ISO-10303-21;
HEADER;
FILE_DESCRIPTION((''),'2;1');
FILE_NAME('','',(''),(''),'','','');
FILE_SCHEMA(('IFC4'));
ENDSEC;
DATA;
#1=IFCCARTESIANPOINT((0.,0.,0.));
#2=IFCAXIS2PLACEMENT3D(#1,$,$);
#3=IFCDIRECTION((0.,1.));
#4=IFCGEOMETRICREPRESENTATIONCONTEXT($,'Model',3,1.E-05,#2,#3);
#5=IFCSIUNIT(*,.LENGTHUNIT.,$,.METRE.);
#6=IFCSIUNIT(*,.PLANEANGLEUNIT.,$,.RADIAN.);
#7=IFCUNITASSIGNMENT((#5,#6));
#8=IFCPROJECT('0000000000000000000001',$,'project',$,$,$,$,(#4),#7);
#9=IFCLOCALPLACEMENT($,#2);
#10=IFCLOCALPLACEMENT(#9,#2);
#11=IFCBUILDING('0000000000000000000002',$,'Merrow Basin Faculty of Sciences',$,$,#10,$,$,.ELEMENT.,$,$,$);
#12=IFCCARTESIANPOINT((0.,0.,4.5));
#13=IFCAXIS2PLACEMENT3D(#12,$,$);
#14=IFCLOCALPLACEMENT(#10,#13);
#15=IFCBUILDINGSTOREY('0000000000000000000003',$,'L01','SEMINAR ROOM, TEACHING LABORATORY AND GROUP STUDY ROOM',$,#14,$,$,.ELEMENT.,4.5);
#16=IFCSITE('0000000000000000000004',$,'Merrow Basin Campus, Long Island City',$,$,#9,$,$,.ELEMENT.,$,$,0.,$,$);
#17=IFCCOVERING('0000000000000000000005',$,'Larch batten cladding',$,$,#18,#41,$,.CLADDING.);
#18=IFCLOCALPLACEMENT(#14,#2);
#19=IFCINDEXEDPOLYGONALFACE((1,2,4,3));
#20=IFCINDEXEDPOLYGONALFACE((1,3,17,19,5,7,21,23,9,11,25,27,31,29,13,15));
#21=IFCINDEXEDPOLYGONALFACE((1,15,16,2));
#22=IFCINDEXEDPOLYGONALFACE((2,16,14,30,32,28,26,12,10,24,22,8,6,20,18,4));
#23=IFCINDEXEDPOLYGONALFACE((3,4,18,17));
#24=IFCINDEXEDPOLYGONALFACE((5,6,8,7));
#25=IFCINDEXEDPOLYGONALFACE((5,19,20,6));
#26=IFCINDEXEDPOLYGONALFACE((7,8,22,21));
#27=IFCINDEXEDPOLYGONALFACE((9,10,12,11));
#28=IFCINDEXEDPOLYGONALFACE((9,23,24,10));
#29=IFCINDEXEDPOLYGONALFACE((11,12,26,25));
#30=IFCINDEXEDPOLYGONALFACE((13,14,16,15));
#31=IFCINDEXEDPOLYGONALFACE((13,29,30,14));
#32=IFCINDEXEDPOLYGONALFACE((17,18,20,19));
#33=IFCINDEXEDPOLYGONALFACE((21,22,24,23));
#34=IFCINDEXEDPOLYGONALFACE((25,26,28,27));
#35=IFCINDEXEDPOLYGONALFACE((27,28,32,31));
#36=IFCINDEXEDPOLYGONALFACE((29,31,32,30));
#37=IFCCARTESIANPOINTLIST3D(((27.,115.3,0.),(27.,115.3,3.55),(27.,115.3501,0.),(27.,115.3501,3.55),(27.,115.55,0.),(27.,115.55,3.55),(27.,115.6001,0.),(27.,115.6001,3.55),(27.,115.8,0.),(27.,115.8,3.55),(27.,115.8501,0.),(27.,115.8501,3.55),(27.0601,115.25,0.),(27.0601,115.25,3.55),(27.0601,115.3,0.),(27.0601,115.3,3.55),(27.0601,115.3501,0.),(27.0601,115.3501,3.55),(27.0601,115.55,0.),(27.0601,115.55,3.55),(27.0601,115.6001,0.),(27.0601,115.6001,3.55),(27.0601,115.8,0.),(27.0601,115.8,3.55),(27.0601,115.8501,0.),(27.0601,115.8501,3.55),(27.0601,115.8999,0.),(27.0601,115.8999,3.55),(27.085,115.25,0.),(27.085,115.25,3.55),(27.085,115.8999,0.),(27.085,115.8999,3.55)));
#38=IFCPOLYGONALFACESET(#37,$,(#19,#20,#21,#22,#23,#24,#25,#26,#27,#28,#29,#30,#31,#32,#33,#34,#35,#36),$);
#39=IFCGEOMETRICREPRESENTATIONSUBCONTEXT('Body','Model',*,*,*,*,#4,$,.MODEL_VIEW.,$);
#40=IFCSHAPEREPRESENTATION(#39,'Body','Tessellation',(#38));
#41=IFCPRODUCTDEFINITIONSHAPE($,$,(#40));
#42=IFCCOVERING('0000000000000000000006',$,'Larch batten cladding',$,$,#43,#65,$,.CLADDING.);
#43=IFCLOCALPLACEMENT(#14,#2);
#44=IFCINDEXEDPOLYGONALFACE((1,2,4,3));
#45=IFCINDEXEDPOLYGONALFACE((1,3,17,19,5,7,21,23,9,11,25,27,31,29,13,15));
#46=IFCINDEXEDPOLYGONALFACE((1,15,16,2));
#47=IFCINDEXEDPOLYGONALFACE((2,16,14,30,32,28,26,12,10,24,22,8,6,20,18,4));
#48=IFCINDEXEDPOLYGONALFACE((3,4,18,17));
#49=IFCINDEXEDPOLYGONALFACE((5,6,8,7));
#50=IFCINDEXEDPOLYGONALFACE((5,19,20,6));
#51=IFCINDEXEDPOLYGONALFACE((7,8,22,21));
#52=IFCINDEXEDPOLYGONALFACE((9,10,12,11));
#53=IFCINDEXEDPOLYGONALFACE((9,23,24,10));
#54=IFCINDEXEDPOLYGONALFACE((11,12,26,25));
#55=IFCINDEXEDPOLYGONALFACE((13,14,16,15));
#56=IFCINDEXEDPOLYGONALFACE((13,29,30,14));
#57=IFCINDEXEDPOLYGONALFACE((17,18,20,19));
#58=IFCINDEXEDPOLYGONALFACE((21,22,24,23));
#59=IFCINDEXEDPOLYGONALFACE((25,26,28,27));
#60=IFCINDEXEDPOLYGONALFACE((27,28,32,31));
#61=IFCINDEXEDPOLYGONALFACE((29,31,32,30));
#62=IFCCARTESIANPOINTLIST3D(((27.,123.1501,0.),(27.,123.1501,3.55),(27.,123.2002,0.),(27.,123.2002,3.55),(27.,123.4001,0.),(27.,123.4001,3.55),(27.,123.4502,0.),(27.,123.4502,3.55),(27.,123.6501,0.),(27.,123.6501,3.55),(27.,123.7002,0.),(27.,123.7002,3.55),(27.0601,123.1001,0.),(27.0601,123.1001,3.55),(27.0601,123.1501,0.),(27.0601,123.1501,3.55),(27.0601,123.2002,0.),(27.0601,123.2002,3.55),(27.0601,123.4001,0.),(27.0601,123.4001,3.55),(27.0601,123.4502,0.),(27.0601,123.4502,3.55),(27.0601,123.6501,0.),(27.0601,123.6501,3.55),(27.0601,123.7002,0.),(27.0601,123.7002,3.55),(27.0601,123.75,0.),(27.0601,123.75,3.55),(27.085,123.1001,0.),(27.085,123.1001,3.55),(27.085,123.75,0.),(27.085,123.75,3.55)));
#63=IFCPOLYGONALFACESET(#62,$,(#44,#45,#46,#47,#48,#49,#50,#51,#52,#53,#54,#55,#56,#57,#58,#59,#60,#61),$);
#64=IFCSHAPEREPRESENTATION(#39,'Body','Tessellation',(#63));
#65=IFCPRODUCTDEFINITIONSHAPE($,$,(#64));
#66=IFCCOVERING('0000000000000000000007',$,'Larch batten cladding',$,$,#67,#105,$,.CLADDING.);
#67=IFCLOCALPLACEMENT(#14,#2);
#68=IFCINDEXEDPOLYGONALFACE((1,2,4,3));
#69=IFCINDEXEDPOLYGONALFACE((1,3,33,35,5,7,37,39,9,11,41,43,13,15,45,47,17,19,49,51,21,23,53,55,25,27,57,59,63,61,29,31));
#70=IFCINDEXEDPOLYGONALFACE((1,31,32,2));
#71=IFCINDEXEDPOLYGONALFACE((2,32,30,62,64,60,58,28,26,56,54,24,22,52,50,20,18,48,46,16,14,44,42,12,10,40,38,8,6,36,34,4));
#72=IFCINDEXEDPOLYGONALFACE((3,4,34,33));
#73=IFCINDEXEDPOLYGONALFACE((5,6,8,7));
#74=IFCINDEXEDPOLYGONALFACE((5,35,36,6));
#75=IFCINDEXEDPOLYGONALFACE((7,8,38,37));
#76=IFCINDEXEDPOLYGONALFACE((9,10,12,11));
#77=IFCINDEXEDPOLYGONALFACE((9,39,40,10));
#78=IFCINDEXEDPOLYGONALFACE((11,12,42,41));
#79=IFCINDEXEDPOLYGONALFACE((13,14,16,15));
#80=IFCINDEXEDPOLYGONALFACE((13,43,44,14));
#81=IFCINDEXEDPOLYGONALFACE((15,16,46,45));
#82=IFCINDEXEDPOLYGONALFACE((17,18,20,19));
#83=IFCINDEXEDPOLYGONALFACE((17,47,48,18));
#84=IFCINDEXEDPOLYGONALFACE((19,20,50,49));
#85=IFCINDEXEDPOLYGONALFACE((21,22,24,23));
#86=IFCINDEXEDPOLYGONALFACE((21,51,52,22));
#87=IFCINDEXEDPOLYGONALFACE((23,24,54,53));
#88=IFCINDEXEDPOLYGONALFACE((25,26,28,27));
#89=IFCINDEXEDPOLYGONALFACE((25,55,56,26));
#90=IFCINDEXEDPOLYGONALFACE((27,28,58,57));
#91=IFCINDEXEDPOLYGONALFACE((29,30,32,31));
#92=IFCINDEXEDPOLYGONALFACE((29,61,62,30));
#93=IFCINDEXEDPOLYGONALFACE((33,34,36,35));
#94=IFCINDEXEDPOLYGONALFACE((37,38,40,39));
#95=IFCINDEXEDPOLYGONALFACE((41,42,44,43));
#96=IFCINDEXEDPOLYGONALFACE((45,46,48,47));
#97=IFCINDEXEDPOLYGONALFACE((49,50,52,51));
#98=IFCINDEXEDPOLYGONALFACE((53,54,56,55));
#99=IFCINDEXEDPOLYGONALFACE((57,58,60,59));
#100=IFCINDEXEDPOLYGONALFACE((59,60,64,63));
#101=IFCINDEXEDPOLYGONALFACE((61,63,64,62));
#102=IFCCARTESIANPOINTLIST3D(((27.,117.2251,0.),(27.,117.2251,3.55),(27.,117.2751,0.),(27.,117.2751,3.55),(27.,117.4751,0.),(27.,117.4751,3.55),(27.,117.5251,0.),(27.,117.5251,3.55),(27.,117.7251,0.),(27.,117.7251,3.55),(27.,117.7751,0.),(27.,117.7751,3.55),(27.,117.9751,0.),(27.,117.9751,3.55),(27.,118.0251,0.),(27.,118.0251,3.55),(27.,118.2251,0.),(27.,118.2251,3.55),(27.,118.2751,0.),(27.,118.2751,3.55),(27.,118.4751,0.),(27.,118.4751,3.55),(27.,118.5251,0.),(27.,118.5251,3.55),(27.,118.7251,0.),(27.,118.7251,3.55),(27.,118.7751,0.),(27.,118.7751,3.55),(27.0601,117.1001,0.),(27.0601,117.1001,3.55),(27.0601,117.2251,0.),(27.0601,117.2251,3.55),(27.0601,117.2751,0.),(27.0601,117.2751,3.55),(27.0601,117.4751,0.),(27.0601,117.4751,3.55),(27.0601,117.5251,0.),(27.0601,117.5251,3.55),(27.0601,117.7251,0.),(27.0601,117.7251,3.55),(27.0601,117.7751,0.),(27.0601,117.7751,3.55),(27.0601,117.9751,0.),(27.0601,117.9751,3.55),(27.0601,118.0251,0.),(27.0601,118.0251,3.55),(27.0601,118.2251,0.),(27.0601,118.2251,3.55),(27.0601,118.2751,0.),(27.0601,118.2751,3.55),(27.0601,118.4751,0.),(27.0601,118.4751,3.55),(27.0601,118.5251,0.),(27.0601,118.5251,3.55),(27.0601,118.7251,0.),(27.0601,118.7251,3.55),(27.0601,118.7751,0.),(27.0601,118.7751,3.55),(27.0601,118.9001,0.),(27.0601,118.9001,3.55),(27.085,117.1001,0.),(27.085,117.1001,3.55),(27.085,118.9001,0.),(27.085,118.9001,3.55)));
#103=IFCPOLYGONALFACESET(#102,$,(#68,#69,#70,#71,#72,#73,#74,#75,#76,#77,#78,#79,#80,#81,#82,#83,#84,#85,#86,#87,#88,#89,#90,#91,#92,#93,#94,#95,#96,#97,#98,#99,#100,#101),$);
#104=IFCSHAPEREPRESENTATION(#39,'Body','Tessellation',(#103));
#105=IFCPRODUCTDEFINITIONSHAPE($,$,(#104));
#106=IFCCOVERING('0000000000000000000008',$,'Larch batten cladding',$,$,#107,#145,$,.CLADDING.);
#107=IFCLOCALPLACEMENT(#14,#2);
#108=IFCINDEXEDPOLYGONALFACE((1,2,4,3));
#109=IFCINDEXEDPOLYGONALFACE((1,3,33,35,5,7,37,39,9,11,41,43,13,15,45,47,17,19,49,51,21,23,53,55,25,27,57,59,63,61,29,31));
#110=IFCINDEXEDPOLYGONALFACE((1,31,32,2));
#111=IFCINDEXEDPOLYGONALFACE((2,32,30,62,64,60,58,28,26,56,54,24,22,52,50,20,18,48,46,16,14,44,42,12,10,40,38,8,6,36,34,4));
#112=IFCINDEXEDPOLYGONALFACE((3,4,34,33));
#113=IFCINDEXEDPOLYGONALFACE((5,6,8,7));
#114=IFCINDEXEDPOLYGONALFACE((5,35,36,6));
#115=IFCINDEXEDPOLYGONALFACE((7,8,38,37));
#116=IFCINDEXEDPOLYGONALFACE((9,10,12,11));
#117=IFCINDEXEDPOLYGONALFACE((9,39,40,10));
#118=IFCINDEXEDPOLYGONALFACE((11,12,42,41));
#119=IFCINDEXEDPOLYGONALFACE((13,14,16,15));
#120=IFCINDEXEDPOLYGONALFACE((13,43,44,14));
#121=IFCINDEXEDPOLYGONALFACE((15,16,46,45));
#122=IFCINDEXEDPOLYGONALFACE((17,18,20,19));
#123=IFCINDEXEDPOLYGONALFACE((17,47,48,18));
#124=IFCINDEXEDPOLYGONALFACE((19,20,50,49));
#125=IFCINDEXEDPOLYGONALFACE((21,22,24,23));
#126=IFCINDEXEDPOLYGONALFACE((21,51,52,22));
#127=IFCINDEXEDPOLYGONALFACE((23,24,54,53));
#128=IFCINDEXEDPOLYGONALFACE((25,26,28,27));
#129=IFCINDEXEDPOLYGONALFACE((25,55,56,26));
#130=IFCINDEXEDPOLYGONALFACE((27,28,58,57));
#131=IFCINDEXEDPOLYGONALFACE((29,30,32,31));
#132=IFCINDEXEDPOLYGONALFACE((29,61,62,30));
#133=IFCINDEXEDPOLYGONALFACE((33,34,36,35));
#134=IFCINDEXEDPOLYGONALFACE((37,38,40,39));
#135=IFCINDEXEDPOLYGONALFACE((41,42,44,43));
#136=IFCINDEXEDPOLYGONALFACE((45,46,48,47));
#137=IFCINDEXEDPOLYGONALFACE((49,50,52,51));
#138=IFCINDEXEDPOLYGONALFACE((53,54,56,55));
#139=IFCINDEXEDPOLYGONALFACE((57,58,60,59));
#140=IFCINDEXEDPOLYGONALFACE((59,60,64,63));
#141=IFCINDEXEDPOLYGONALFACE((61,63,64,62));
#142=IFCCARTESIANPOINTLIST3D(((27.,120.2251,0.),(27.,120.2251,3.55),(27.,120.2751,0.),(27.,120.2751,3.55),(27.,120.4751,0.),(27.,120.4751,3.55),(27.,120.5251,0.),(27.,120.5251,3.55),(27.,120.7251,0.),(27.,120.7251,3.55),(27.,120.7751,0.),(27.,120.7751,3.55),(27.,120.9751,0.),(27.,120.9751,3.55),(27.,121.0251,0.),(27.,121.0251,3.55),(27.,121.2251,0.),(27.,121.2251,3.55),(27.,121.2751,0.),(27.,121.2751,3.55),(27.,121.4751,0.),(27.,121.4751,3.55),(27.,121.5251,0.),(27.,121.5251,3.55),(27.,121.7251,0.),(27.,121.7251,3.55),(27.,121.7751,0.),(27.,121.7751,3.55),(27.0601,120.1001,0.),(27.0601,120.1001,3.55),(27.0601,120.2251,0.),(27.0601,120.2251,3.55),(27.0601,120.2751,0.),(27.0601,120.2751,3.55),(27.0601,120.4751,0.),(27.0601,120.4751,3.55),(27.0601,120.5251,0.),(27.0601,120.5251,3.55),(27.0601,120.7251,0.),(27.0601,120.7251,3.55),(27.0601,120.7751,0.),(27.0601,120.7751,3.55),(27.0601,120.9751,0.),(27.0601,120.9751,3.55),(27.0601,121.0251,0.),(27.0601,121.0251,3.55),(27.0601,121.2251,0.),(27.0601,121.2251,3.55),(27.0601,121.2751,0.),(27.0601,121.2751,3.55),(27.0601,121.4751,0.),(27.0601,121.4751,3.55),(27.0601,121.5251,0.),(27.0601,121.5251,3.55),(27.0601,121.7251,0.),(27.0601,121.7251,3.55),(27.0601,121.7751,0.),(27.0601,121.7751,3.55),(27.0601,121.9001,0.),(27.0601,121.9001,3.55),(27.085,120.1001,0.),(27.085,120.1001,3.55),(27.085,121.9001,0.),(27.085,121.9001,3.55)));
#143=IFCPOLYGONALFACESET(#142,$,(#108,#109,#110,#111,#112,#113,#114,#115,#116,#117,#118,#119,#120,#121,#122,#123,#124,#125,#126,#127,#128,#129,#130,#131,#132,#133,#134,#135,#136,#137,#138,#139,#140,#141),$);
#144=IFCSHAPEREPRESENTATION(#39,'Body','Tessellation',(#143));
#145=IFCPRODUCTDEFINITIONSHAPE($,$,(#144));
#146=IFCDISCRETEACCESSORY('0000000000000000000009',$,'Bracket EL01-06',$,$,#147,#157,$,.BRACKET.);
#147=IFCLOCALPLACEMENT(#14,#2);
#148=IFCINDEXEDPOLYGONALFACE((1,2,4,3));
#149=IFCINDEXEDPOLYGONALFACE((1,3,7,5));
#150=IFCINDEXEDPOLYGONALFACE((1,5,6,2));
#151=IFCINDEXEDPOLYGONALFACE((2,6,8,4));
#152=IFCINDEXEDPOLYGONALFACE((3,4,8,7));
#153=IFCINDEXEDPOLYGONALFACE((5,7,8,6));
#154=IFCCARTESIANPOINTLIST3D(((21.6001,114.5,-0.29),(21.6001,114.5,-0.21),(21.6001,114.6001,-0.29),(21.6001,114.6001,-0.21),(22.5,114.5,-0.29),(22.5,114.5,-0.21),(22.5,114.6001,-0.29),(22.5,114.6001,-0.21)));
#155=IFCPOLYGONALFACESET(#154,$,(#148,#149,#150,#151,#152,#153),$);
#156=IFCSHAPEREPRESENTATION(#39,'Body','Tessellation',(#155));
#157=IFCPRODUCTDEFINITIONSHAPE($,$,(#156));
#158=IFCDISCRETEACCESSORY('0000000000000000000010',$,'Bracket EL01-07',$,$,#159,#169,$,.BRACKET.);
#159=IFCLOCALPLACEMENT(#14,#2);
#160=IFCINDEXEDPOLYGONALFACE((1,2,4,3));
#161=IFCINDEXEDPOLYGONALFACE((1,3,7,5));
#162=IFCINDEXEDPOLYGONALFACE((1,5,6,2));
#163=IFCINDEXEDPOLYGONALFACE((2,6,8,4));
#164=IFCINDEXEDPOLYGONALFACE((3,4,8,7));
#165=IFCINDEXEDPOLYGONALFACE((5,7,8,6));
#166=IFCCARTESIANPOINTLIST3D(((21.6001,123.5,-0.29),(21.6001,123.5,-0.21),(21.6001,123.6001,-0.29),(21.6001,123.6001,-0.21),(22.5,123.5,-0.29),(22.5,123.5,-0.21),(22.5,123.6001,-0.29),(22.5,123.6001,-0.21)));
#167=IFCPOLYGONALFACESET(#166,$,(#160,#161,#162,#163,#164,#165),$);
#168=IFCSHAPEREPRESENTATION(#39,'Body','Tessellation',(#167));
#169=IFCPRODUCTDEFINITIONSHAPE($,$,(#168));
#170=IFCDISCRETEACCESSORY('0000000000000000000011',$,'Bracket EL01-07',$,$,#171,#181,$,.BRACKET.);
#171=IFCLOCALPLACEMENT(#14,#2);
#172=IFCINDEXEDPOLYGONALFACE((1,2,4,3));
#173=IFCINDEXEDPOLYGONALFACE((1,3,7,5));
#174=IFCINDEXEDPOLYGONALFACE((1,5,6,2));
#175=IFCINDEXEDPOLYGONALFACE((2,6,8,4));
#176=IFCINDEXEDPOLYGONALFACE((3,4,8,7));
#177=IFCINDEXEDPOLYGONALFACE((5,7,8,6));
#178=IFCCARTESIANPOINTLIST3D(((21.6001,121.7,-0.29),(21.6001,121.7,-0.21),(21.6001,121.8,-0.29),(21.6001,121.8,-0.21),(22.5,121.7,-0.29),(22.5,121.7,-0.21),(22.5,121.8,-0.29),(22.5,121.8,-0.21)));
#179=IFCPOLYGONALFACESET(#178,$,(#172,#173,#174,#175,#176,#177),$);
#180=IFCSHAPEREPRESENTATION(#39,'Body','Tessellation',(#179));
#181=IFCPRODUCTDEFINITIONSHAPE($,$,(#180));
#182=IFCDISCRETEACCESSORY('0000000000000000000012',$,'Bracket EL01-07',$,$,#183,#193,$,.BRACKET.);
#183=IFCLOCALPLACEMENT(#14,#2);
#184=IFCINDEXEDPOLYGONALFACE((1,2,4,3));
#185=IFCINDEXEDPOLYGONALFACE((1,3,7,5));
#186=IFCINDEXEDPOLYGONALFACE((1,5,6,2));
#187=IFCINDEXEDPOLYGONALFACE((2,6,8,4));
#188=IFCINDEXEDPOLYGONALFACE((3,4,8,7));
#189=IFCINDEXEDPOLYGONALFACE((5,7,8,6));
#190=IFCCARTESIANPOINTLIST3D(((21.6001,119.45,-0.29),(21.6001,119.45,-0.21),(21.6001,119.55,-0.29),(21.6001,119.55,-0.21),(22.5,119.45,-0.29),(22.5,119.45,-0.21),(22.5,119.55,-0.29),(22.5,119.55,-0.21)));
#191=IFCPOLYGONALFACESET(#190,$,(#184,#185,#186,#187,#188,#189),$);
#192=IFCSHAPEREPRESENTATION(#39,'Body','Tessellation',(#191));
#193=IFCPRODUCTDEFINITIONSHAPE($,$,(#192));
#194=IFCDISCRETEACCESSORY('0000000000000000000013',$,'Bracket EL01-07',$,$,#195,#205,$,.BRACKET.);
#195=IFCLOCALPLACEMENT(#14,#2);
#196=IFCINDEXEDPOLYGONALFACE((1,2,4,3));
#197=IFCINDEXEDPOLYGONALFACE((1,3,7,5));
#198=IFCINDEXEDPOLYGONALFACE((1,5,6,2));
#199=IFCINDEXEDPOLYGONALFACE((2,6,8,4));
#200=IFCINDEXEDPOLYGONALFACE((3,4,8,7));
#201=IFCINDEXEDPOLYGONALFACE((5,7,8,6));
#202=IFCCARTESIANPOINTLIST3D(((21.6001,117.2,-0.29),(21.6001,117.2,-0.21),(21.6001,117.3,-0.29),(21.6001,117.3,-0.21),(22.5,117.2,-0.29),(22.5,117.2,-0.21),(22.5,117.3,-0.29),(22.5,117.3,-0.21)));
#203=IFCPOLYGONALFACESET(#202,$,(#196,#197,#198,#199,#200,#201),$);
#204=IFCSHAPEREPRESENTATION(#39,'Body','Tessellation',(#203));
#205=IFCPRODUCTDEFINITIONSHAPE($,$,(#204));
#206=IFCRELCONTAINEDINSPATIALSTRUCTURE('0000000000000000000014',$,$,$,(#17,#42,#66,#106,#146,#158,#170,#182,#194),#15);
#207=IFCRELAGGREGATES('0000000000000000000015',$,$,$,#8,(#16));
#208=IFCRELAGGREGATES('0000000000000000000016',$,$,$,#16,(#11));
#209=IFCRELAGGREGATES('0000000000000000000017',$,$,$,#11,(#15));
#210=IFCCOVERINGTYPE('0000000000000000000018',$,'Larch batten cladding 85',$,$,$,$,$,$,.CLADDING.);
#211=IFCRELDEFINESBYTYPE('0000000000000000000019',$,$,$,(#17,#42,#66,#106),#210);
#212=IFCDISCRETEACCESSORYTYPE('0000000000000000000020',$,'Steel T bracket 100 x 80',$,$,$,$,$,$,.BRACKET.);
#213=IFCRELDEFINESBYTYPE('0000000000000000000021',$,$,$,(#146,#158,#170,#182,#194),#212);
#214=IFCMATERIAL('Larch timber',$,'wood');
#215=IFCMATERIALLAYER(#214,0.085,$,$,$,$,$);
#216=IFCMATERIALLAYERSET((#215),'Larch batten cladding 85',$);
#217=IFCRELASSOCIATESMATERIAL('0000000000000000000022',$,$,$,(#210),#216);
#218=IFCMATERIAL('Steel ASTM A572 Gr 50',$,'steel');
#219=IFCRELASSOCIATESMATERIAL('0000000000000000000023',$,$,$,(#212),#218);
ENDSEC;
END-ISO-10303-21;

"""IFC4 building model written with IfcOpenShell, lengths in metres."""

from ifc_helpers import new_model, si_unit, direction, frame, origin, place, context, subcontext, project, spatial, polyline, outline, extrude, source, transform, mapped, material, layer, layer_set, type_object, element, save


model = new_model("IFC4")

# Units and contexts
model_context = context("Model", 3, precision=1e-05, world=origin(), true_north=direction((0.0, 1.0)))
body_context = subcontext(model_context, "Body", "Model", "MODEL_VIEW")
ifc_project = project(units=[si_unit("LENGTHUNIT", "METRE"), si_unit("PLANEANGLEUNIT", "RADIAN")], contexts=[model_context])

# Site, building, storey
site_placement = place(None, origin())
site = spatial("IfcSite", under=ifc_project, at=site_placement, Name="Merrow Basin Campus, Long Island City", CompositionType="ELEMENT", RefElevation=0.0)
building_placement = place(site_placement, origin())
building = spatial("IfcBuilding", under=site, at=building_placement, Name="Merrow Basin Faculty of Sciences", CompositionType="ELEMENT")
storey_placement = place(building_placement, frame((0.0, 0.0, 4.5)))
storey = spatial("IfcBuildingStorey", under=building, at=storey_placement, Name="L01", Description="SEMINAR ROOM, TEACHING LABORATORY AND GROUP STUDY ROOM", CompositionType="ELEMENT", Elevation=4.5)

# Coverings
ifc_material_1 = material(Name="Larch timber", Category="wood")
ifc_layer_1 = layer(ifc_material_1, 0.085)
ifc_layer_set_1 = layer_set([ifc_layer_1], Name="Larch batten cladding 85")
covering_type_1 = type_object("IfcCoveringType", Name="Larch batten cladding 85", PredefinedType="CLADDING", material=ifc_layer_set_1)
shared_shape_1 = source(origin(), body_context, "Body", "SweptSolid", [
    extrude(outline(polyline([(0.0, 0.0), (0.6499, 0.0), (0.6499, 0.0249), (0.6001, 0.0249), (0.6001, 0.085), (0.55, 0.085), (0.55, 0.0249), (0.3501, 0.0249), (0.3501, 0.085), (0.3, 0.085), (0.3, 0.0249), (0.1001, 0.0249), (0.1001, 0.085), (0.05, 0.085), (0.05, 0.0249), (0.0, 0.0249), (0.0, 0.0)])), origin(), (0.0, 0.0, 1.0), 3.55),
])
for number, where, z_axis, x_axis, name in (
    (1, (27.085, 115.25, 0.0), (0.0, 0.0, 1.0), (0.0, 1.0, 0.0), "Larch batten cladding"),
    (2, (27.085, 123.1001, 0.0), (0.0, 0.0, 1.0), (0.0, 1.0, 0.0), "Larch batten cladding"),
):
    element("IfcCovering", number, at=place(storey_placement, frame(where, z_axis=z_axis, x_axis=x_axis)), inside=storey, type_object=covering_type_1, Name=name, PredefinedType="CLADDING", context=body_context, shape_type="MappedRepresentation", body=[
        mapped(shared_shape_1, transform((0.0, 0.0, 0.0), scale=1.0)),
    ])
shared_shape_2 = source(origin(), body_context, "Body", "SweptSolid", [
    extrude(outline(polyline([(0.0, 0.0), (1.8, 0.0), (1.8, 0.0249), (1.675, 0.0249), (1.675, 0.085), (1.625, 0.085), (1.625, 0.0249), (1.425, 0.0249), (1.425, 0.085), (1.375, 0.085), (1.375, 0.0249), (1.175, 0.0249), (1.175, 0.085), (1.125, 0.085), (1.125, 0.0249), (0.925, 0.0249), (0.925, 0.085), (0.875, 0.085), (0.875, 0.0249), (0.675, 0.0249), (0.675, 0.085), (0.625, 0.085), (0.625, 0.0249), (0.425, 0.0249), (0.425, 0.085), (0.375, 0.085), (0.375, 0.0249), (0.175, 0.0249), (0.175, 0.085), (0.125, 0.085), (0.125, 0.0249), (0.0, 0.0249), (0.0, 0.0)])), origin(), (0.0, 0.0, 1.0), 3.55),
])
for number, where, z_axis, x_axis, name in (
    (3, (27.085, 117.1001, 0.0), (0.0, 0.0, 1.0), (0.0, 1.0, 0.0), "Larch batten cladding"),
    (4, (27.085, 120.1001, 0.0), (0.0, 0.0, 1.0), (0.0, 1.0, 0.0), "Larch batten cladding"),
):
    element("IfcCovering", number, at=place(storey_placement, frame(where, z_axis=z_axis, x_axis=x_axis)), inside=storey, type_object=covering_type_1, Name=name, PredefinedType="CLADDING", context=body_context, shape_type="MappedRepresentation", body=[
        mapped(shared_shape_2, transform((0.0, 0.0, 0.0), scale=1.0)),
    ])

# Discrete accessories
ifc_material_2 = material(Name="Steel ASTM A572 Gr 50", Category="steel")
discrete_accessory_type = type_object("IfcDiscreteAccessoryType", Name="Steel T bracket 100 x 80", PredefinedType="BRACKET", material=ifc_material_2)
shared_shape_3 = source(origin(), body_context, "Body", "SweptSolid", [
    extrude(outline(polyline([(0.0, 0.0), (0.1001, 0.0), (0.1001, 0.0801), (0.0, 0.0801), (0.0, 0.0)])), origin(), (0.0, 0.0, 1.0), 0.8999),
])
for number, where, z_axis, x_axis, name in (
    (5, (22.5, 114.6001, -0.29), (-1.0, 0.0, 0.0), (0.0, -1.0, 0.0), "Bracket EL01-06"),
    (6, (22.5, 123.6001, -0.29), (-1.0, 0.0, 0.0), (0.0, -1.0, 0.0), "Bracket EL01-07"),
    (7, (22.5, 121.8, -0.29), (-1.0, 0.0, 0.0), (0.0, -1.0, 0.0), "Bracket EL01-07"),
    (8, (22.5, 119.55, -0.29), (-1.0, 0.0, 0.0), (0.0, -1.0, 0.0), "Bracket EL01-07"),
    (9, (22.5, 117.3, -0.29), (-1.0, 0.0, 0.0), (0.0, -1.0, 0.0), "Bracket EL01-07"),
):
    element("IfcDiscreteAccessory", number, at=place(storey_placement, frame(where, z_axis=z_axis, x_axis=x_axis)), inside=storey, type_object=discrete_accessory_type, Name=name, PredefinedType="BRACKET", context=body_context, shape_type="MappedRepresentation", body=[
        mapped(shared_shape_3, transform((0.0, 0.0, 0.0), scale=1.0)),
    ])

save(model, "model.ifc")
